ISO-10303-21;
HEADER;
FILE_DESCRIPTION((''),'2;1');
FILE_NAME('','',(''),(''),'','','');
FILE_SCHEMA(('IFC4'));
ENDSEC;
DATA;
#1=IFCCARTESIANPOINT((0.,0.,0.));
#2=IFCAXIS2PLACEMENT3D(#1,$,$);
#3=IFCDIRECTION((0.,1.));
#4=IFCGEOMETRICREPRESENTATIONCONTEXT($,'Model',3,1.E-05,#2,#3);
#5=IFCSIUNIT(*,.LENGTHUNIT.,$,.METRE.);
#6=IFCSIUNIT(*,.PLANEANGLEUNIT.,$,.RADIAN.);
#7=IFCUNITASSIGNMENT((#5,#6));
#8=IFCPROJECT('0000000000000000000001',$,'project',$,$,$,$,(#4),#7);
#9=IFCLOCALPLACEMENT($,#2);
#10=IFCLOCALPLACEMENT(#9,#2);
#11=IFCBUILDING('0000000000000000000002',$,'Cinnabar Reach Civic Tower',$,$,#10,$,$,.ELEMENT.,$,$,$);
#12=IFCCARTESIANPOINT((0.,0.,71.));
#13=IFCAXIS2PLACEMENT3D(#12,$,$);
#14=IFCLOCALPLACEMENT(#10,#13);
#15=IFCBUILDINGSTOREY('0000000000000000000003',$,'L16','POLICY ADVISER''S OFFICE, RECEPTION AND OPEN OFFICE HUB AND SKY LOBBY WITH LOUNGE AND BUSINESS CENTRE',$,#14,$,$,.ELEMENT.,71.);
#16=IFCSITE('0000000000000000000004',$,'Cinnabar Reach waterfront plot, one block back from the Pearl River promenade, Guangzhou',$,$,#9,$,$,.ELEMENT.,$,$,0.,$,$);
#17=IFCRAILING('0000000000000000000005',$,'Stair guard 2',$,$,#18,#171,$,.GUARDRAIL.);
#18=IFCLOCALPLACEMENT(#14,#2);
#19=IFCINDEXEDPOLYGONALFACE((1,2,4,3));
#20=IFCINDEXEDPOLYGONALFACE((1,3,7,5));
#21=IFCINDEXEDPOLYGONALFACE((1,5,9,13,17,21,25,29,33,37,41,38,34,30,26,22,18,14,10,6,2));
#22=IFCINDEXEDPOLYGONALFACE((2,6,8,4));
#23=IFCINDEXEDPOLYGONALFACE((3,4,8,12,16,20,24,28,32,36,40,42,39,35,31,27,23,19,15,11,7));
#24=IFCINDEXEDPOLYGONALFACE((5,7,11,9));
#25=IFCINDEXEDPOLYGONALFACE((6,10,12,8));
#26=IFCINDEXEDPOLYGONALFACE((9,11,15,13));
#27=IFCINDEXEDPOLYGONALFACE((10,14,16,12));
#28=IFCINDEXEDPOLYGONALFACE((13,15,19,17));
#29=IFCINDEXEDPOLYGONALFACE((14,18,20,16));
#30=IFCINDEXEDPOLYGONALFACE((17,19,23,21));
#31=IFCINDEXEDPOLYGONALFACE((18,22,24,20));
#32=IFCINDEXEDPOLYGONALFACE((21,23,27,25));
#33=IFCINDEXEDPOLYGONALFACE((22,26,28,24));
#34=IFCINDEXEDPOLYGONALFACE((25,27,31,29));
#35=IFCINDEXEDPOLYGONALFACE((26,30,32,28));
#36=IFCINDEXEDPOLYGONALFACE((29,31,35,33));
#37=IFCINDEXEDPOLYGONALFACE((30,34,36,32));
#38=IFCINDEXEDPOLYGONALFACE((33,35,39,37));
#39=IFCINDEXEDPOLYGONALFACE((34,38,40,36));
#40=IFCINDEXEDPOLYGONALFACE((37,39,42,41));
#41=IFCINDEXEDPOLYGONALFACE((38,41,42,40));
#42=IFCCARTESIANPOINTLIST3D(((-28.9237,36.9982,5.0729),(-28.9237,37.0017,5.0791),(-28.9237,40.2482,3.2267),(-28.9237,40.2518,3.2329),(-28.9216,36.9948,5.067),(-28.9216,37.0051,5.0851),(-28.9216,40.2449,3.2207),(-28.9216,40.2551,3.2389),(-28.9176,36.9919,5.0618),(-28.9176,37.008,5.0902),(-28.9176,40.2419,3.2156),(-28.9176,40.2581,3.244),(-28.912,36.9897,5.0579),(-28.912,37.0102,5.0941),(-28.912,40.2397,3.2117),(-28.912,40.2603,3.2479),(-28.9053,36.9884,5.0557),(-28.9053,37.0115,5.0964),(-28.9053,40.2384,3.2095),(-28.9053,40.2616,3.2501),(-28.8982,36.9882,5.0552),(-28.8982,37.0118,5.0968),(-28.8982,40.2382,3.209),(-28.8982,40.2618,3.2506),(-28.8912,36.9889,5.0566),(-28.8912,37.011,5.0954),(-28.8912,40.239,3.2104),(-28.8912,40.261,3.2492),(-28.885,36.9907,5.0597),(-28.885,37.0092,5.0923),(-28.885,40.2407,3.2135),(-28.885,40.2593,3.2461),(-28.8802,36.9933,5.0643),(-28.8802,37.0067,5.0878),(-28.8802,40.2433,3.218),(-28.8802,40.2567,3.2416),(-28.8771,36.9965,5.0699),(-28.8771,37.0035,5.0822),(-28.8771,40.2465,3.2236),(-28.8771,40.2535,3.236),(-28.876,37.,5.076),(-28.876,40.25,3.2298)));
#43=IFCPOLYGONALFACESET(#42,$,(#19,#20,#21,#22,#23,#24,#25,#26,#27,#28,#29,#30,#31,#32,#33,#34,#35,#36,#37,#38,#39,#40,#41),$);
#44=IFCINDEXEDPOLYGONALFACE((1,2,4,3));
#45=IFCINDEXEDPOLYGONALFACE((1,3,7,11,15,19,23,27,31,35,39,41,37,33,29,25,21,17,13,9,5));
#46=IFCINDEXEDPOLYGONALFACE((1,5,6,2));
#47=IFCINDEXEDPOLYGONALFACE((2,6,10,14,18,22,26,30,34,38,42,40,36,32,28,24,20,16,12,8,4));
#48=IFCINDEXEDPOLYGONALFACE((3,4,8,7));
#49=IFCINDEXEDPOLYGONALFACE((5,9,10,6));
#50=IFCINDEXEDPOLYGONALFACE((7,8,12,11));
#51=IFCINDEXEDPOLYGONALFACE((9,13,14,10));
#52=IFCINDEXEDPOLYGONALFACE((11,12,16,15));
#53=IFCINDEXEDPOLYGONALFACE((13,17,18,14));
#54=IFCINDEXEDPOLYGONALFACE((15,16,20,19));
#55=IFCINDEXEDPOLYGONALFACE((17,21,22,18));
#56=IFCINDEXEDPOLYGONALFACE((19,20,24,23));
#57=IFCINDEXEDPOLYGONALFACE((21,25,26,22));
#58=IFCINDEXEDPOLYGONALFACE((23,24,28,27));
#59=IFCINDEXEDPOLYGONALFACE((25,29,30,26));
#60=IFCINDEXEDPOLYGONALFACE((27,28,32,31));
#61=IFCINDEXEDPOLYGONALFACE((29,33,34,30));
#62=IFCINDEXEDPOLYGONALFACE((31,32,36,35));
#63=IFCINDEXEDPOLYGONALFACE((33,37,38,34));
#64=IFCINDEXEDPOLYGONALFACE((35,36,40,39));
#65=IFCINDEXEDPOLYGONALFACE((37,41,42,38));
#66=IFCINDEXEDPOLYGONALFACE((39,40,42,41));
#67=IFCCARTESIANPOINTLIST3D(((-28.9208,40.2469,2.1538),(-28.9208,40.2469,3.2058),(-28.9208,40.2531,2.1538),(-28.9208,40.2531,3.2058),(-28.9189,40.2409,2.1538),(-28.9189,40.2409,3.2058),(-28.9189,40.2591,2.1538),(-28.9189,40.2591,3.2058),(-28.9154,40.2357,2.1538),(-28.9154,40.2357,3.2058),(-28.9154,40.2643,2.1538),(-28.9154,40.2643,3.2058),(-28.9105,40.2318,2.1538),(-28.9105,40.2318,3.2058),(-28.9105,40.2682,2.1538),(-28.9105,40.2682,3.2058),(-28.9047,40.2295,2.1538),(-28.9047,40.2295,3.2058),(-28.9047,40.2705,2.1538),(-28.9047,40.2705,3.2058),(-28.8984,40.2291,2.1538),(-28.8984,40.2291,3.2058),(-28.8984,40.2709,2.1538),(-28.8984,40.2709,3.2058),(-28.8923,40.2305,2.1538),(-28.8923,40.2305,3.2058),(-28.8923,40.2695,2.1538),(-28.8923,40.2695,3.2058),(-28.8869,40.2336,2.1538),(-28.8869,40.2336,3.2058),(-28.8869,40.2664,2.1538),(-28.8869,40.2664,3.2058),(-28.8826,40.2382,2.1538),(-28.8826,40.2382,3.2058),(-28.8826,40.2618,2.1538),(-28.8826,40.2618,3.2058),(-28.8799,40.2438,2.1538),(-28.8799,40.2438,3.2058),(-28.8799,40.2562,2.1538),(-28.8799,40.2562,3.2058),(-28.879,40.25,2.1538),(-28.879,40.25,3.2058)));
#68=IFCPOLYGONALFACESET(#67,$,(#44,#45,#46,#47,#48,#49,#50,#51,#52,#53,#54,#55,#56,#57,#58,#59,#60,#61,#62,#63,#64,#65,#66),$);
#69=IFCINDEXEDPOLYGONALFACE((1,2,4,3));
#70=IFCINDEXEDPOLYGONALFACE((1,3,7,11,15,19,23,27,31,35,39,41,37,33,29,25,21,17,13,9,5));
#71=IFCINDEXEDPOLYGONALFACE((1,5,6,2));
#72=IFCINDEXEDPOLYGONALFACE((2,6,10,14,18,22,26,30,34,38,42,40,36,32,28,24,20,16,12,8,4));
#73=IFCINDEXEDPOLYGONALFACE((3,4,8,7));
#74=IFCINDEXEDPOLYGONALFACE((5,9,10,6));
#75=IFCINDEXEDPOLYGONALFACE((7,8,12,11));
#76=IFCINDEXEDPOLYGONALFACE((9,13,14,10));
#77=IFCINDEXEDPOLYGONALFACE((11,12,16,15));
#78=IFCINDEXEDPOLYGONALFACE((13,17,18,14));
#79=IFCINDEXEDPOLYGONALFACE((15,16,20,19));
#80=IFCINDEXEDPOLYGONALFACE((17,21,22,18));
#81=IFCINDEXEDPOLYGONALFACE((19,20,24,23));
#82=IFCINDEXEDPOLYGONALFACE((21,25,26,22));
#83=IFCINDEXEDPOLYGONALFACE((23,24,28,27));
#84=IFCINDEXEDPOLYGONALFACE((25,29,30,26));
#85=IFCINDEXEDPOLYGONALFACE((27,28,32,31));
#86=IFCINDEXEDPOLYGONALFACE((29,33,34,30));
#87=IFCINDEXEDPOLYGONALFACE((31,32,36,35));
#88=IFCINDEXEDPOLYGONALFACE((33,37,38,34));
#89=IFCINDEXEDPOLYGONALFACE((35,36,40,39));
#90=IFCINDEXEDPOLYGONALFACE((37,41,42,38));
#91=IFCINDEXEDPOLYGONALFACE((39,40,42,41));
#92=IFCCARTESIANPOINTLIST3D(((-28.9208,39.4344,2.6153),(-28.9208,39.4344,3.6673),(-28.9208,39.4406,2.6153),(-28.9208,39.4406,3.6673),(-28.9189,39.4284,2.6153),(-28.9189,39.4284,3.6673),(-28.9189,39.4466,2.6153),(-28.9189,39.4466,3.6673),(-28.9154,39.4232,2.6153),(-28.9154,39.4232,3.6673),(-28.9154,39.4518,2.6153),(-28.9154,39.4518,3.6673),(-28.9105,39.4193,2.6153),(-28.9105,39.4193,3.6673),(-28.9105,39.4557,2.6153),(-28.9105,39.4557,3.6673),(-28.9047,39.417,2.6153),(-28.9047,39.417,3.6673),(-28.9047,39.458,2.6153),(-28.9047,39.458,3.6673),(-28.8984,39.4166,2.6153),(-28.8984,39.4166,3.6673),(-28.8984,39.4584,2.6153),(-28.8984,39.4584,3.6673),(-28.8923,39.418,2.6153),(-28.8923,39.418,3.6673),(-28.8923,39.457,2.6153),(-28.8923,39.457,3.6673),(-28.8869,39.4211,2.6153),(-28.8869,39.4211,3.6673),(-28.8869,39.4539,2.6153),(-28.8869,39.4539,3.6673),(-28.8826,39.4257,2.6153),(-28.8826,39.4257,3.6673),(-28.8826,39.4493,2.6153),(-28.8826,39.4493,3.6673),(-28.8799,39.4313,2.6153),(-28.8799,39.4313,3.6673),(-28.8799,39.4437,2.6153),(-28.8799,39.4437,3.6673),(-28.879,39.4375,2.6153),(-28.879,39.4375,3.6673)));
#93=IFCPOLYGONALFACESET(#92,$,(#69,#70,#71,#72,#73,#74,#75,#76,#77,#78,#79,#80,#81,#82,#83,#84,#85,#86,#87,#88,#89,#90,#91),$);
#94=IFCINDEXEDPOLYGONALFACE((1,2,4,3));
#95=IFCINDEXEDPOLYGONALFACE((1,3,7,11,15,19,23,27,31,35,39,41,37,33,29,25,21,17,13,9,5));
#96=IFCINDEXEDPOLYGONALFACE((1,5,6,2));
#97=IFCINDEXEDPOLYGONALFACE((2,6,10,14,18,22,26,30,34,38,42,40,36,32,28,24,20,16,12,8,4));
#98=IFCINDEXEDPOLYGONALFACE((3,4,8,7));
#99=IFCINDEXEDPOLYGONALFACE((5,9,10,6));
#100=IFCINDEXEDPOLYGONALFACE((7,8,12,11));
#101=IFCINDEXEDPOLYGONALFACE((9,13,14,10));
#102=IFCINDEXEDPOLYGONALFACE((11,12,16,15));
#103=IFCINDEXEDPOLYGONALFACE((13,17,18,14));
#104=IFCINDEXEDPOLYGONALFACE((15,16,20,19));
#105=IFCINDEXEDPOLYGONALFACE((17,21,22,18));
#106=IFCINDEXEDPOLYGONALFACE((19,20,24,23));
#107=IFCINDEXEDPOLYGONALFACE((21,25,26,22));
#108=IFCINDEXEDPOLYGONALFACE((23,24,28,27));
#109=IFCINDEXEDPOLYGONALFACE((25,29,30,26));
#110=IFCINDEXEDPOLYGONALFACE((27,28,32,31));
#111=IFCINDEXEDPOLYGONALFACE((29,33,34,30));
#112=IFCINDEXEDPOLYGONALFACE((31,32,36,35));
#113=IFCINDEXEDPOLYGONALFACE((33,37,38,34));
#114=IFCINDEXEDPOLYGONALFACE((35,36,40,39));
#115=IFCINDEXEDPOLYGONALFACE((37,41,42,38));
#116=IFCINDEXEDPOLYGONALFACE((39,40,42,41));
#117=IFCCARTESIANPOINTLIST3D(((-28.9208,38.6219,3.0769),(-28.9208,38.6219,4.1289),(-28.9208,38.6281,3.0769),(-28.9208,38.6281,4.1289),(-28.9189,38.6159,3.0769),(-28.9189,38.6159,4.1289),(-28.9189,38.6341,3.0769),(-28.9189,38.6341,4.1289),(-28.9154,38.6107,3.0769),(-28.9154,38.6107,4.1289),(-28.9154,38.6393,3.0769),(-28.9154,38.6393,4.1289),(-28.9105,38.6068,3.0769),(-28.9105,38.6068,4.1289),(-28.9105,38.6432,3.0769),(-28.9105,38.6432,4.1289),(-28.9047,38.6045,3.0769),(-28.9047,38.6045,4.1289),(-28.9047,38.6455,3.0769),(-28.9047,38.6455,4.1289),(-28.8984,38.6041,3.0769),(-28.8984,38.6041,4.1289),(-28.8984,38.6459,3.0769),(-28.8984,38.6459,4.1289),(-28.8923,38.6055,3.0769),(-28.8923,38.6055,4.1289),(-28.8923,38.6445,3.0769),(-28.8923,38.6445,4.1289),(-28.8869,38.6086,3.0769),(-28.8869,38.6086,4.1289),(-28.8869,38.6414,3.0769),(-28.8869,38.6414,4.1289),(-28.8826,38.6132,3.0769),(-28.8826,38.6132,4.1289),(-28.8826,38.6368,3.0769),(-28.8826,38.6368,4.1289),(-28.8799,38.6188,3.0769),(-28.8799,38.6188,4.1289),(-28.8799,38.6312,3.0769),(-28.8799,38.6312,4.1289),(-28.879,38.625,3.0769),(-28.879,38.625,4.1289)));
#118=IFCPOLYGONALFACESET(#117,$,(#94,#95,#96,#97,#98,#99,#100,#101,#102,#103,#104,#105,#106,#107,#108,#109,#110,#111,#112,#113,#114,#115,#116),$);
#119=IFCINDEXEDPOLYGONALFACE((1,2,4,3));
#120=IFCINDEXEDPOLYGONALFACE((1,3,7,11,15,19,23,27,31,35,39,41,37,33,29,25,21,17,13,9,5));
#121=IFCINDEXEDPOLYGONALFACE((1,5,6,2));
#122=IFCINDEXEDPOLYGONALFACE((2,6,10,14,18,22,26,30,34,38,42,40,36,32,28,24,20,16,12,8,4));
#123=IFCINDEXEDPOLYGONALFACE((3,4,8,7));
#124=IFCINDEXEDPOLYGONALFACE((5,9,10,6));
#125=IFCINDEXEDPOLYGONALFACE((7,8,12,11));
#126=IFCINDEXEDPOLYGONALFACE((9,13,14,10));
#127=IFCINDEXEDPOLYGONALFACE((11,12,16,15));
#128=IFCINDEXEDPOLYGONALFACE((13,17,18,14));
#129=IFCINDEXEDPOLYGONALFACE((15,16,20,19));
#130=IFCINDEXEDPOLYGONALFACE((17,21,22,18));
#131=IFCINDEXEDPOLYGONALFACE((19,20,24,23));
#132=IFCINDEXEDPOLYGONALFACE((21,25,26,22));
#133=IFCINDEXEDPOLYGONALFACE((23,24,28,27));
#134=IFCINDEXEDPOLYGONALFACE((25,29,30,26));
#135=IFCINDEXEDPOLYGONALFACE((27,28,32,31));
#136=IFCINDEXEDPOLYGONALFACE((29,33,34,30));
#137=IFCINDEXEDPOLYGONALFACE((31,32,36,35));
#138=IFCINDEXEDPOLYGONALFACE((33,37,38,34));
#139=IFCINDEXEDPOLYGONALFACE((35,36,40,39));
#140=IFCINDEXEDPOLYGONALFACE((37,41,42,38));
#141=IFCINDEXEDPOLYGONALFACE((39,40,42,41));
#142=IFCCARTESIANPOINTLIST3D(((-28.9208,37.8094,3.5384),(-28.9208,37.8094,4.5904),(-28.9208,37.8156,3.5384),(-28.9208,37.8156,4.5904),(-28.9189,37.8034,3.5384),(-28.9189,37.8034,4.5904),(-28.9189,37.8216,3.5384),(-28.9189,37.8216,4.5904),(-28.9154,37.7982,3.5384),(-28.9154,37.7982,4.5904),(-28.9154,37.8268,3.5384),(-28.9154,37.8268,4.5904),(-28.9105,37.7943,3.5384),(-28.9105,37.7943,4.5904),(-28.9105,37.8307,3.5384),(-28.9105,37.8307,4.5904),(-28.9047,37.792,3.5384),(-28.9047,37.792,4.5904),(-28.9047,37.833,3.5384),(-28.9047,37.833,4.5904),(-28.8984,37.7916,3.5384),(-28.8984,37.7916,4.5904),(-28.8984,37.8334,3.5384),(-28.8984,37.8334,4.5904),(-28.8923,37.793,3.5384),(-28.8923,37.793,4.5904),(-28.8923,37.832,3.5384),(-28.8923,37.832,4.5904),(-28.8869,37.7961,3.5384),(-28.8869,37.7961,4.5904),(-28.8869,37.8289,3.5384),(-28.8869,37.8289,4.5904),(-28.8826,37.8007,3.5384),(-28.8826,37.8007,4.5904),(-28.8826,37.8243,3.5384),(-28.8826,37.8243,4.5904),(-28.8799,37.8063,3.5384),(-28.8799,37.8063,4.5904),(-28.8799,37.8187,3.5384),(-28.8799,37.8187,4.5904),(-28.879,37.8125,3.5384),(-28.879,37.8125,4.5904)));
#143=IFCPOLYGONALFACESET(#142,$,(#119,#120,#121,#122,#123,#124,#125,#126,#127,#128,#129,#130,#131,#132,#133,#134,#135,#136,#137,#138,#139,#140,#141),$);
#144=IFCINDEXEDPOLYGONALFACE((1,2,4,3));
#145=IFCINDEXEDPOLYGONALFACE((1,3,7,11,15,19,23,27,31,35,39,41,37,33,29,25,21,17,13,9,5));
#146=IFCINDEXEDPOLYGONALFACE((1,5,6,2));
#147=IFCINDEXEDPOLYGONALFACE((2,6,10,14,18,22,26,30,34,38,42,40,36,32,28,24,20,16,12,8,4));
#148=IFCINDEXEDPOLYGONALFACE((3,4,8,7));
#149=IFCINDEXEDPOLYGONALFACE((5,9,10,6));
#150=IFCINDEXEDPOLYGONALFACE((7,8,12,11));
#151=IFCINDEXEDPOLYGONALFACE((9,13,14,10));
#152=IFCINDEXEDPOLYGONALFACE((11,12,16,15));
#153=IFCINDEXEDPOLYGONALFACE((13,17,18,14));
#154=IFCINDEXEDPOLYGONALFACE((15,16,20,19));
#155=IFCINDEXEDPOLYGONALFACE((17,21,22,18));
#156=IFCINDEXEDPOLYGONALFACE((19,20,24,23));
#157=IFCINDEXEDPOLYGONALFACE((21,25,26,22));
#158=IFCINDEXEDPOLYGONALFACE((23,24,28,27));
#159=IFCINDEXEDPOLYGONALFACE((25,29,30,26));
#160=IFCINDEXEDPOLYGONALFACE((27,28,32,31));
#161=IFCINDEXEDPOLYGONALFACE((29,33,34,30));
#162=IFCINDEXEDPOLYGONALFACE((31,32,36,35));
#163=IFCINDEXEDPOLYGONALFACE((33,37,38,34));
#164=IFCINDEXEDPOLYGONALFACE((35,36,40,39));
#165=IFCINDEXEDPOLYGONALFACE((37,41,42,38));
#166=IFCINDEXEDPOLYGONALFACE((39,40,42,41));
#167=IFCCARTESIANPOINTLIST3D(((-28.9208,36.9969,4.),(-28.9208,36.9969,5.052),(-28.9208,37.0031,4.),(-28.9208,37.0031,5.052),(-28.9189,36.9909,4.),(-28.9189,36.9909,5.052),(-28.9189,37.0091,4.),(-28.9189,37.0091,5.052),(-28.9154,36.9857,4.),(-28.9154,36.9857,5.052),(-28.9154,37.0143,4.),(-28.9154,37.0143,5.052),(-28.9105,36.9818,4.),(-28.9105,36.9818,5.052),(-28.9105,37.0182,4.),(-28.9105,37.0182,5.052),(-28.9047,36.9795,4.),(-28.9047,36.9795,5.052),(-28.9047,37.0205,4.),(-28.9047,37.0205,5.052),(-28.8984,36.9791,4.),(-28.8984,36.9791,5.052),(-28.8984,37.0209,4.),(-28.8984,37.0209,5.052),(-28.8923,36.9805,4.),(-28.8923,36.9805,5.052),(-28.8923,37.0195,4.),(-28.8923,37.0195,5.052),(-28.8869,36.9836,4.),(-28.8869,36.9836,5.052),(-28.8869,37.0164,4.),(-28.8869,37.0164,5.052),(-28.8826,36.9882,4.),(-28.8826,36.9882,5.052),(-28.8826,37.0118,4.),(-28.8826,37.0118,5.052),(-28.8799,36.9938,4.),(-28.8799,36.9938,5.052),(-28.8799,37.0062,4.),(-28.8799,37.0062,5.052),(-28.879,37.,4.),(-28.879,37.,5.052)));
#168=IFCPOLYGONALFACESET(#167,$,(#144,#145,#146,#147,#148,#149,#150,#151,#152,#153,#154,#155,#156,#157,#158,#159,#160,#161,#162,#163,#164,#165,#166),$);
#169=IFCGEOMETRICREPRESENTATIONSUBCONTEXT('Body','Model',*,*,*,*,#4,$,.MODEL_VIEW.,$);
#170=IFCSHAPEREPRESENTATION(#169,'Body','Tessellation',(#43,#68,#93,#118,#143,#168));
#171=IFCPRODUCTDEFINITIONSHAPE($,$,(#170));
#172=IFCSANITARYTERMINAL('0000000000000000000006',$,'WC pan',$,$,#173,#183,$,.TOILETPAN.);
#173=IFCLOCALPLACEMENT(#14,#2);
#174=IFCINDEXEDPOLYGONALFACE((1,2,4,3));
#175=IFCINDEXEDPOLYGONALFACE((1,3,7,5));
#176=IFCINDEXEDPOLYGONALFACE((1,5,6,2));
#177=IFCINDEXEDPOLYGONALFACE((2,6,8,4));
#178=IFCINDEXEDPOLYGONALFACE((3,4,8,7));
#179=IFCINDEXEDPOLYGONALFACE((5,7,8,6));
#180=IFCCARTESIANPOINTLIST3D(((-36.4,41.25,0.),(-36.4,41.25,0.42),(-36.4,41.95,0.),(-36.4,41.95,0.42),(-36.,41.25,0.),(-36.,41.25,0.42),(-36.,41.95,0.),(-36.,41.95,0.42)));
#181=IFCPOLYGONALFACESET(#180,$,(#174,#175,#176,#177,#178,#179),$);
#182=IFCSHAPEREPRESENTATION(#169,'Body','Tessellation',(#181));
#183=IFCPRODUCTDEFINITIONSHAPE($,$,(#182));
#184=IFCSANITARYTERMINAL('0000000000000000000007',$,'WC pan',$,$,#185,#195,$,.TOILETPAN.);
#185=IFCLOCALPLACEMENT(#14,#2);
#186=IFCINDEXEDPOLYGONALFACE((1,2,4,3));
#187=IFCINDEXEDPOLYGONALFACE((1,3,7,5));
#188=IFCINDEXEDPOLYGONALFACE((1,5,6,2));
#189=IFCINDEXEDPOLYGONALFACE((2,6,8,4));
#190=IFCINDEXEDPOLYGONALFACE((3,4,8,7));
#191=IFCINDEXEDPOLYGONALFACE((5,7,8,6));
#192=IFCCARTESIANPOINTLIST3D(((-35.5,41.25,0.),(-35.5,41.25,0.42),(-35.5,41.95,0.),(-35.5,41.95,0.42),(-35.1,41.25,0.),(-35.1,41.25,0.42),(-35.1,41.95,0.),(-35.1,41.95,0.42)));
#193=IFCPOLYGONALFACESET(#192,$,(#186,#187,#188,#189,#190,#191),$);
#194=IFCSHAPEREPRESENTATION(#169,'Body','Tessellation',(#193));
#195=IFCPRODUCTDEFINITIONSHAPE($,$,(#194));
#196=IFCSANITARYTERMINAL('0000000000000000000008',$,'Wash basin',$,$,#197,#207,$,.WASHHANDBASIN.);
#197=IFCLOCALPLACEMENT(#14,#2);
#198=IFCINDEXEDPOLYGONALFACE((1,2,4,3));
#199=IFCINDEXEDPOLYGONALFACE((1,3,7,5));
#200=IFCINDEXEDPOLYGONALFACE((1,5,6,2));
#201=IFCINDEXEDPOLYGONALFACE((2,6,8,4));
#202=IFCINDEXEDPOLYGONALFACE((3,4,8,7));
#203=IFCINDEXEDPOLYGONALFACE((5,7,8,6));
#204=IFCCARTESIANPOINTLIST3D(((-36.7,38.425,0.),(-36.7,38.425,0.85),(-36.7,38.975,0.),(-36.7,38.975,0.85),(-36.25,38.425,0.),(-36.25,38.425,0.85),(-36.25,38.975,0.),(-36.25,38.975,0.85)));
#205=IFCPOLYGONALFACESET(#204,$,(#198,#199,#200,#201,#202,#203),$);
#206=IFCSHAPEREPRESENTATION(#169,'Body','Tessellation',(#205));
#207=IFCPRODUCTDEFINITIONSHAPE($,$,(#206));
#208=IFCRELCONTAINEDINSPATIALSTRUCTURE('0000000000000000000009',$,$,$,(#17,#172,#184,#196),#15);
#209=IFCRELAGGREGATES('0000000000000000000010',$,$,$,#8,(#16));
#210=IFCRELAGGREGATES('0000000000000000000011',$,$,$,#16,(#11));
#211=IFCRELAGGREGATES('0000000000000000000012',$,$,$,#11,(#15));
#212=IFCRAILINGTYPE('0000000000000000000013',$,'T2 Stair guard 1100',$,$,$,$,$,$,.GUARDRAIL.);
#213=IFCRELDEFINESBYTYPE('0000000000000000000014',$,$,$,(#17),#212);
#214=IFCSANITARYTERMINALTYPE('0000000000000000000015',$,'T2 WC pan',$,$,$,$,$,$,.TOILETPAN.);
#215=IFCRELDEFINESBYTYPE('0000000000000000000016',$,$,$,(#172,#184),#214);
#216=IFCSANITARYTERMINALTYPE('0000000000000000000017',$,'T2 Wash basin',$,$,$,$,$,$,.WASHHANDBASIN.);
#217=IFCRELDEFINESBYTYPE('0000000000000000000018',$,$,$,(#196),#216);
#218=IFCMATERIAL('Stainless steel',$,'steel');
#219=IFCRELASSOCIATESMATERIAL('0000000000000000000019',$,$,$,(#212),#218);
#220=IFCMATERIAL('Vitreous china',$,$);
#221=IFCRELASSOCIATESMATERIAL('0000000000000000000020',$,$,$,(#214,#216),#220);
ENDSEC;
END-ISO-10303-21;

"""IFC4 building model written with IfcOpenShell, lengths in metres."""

from ifc_helpers import new_model, si_unit, direction, frame, origin, origin_2d, place, context, subcontext, project, spatial, rectangle, circle, extrude, material, type_object, element, save


model = new_model("IFC4")

# Units and contexts
model_context = context("Model", 3, precision=1e-05, world=origin(), true_north=direction((0.0, 1.0)))
body_context = subcontext(model_context, "Body", "Model", "MODEL_VIEW")
ifc_project = project(units=[si_unit("LENGTHUNIT", "METRE"), si_unit("PLANEANGLEUNIT", "RADIAN")], contexts=[model_context])

# Site, building, storey
site_placement = place(None, origin())
site = spatial("IfcSite", under=ifc_project, at=site_placement, Name="Cinnabar Reach waterfront plot, one block back from the Pearl River promenade, Guangzhou", CompositionType="ELEMENT", RefElevation=0.0)
building_placement = place(site_placement, origin())
building = spatial("IfcBuilding", under=site, at=building_placement, Name="Cinnabar Reach Civic Tower", CompositionType="ELEMENT")
storey_placement = place(building_placement, frame((0.0, 0.0, 71.0)))
storey = spatial("IfcBuildingStorey", under=building, at=storey_placement, Name="L16", Description="POLICY ADVISER'S OFFICE, RECEPTION AND OPEN OFFICE HUB AND SKY LOBBY WITH LOUNGE AND BUSINESS CENTRE", CompositionType="ELEMENT", Elevation=71.0)

# Railing
ifc_material_1 = material(Name="Stainless steel", Category="steel")
railing_type = type_object("IfcRailingType", Name="T2 Stair guard 1100", PredefinedType="GUARDRAIL", material=ifc_material_1)
railing_1_placement = place(storey_placement, frame((-28.9, 40.25, 2.1538)))
element("IfcRailing", 1, at=railing_1_placement, inside=storey, type_object=railing_type, Name="Stair guard 2", PredefinedType="GUARDRAIL", context=body_context, shape_type="SweptSolid", body=[
    extrude(circle(Radius=0.024, at=origin_2d()), frame((0.0, 0.0, 1.076), z_axis=(0.0, -0.869501, 0.49393), x_axis=(1.0, 0.0, 0.0)), (0.0, 0.0, 1.0), 3.7378),
    extrude(circle(Radius=0.021, at=origin_2d()), origin(), (0.0, 0.0, 1.0), 1.052),
    extrude(circle(Radius=0.021, at=origin_2d()), frame((0.0, -0.8125, 0.4615)), (0.0, 0.0, 1.0), 1.052),
    extrude(circle(Radius=0.021, at=origin_2d()), frame((0.0, -1.625, 0.9231)), (0.0, 0.0, 1.0), 1.052),
    extrude(circle(Radius=0.021, at=origin_2d()), frame((0.0, -2.4375, 1.3846)), (0.0, 0.0, 1.0), 1.052),
    extrude(circle(Radius=0.021, at=origin_2d()), frame((0.0, -3.25, 1.8462)), (0.0, 0.0, 1.0), 1.052),
])

# Sanitary terminals
ifc_material_2 = material(Name="Vitreous china")
sanitary_terminal_type_1 = type_object("IfcSanitaryTerminalType", Name="T2 WC pan", PredefinedType="TOILETPAN", material=ifc_material_2)
for number, where, z_axis, x_axis, name in (
    (2, (-36.2, 41.6, 0.0), (0.0, 0.0, 1.0), (1.0, 0.0, 0.0), "WC pan"),
    (3, (-35.3, 41.6, 0.0), (0.0, 0.0, 1.0), (1.0, 0.0, 0.0), "WC pan"),
):
    element("IfcSanitaryTerminal", number, at=place(storey_placement, frame(where, z_axis=z_axis, x_axis=x_axis)), inside=storey, type_object=sanitary_terminal_type_1, Name=name, PredefinedType="TOILETPAN", context=body_context, shape_type="SweptSolid", body=[
        extrude(rectangle(XDim=0.4, YDim=0.7, at=origin_2d()), origin(), (0.0, 0.0, 1.0), 0.42),
    ])
sanitary_terminal_type_2 = type_object("IfcSanitaryTerminalType", Name="T2 Wash basin", PredefinedType="WASHHANDBASIN", material=ifc_material_2)
sanitary_terminal_placement = place(storey_placement, frame((-36.475, 38.7, 0.0), z_axis=(0.0, 0.0, 1.0), x_axis=(1.0, 0.0, 0.0)))
element("IfcSanitaryTerminal", 4, at=sanitary_terminal_placement, inside=storey, type_object=sanitary_terminal_type_2, Name="Wash basin", PredefinedType="WASHHANDBASIN", context=body_context, shape_type="SweptSolid", body=[
    extrude(rectangle(XDim=0.45, YDim=0.55, at=origin_2d()), origin(), (0.0, 0.0, 1.0), 0.85),
])

save(model, "model.ifc")
